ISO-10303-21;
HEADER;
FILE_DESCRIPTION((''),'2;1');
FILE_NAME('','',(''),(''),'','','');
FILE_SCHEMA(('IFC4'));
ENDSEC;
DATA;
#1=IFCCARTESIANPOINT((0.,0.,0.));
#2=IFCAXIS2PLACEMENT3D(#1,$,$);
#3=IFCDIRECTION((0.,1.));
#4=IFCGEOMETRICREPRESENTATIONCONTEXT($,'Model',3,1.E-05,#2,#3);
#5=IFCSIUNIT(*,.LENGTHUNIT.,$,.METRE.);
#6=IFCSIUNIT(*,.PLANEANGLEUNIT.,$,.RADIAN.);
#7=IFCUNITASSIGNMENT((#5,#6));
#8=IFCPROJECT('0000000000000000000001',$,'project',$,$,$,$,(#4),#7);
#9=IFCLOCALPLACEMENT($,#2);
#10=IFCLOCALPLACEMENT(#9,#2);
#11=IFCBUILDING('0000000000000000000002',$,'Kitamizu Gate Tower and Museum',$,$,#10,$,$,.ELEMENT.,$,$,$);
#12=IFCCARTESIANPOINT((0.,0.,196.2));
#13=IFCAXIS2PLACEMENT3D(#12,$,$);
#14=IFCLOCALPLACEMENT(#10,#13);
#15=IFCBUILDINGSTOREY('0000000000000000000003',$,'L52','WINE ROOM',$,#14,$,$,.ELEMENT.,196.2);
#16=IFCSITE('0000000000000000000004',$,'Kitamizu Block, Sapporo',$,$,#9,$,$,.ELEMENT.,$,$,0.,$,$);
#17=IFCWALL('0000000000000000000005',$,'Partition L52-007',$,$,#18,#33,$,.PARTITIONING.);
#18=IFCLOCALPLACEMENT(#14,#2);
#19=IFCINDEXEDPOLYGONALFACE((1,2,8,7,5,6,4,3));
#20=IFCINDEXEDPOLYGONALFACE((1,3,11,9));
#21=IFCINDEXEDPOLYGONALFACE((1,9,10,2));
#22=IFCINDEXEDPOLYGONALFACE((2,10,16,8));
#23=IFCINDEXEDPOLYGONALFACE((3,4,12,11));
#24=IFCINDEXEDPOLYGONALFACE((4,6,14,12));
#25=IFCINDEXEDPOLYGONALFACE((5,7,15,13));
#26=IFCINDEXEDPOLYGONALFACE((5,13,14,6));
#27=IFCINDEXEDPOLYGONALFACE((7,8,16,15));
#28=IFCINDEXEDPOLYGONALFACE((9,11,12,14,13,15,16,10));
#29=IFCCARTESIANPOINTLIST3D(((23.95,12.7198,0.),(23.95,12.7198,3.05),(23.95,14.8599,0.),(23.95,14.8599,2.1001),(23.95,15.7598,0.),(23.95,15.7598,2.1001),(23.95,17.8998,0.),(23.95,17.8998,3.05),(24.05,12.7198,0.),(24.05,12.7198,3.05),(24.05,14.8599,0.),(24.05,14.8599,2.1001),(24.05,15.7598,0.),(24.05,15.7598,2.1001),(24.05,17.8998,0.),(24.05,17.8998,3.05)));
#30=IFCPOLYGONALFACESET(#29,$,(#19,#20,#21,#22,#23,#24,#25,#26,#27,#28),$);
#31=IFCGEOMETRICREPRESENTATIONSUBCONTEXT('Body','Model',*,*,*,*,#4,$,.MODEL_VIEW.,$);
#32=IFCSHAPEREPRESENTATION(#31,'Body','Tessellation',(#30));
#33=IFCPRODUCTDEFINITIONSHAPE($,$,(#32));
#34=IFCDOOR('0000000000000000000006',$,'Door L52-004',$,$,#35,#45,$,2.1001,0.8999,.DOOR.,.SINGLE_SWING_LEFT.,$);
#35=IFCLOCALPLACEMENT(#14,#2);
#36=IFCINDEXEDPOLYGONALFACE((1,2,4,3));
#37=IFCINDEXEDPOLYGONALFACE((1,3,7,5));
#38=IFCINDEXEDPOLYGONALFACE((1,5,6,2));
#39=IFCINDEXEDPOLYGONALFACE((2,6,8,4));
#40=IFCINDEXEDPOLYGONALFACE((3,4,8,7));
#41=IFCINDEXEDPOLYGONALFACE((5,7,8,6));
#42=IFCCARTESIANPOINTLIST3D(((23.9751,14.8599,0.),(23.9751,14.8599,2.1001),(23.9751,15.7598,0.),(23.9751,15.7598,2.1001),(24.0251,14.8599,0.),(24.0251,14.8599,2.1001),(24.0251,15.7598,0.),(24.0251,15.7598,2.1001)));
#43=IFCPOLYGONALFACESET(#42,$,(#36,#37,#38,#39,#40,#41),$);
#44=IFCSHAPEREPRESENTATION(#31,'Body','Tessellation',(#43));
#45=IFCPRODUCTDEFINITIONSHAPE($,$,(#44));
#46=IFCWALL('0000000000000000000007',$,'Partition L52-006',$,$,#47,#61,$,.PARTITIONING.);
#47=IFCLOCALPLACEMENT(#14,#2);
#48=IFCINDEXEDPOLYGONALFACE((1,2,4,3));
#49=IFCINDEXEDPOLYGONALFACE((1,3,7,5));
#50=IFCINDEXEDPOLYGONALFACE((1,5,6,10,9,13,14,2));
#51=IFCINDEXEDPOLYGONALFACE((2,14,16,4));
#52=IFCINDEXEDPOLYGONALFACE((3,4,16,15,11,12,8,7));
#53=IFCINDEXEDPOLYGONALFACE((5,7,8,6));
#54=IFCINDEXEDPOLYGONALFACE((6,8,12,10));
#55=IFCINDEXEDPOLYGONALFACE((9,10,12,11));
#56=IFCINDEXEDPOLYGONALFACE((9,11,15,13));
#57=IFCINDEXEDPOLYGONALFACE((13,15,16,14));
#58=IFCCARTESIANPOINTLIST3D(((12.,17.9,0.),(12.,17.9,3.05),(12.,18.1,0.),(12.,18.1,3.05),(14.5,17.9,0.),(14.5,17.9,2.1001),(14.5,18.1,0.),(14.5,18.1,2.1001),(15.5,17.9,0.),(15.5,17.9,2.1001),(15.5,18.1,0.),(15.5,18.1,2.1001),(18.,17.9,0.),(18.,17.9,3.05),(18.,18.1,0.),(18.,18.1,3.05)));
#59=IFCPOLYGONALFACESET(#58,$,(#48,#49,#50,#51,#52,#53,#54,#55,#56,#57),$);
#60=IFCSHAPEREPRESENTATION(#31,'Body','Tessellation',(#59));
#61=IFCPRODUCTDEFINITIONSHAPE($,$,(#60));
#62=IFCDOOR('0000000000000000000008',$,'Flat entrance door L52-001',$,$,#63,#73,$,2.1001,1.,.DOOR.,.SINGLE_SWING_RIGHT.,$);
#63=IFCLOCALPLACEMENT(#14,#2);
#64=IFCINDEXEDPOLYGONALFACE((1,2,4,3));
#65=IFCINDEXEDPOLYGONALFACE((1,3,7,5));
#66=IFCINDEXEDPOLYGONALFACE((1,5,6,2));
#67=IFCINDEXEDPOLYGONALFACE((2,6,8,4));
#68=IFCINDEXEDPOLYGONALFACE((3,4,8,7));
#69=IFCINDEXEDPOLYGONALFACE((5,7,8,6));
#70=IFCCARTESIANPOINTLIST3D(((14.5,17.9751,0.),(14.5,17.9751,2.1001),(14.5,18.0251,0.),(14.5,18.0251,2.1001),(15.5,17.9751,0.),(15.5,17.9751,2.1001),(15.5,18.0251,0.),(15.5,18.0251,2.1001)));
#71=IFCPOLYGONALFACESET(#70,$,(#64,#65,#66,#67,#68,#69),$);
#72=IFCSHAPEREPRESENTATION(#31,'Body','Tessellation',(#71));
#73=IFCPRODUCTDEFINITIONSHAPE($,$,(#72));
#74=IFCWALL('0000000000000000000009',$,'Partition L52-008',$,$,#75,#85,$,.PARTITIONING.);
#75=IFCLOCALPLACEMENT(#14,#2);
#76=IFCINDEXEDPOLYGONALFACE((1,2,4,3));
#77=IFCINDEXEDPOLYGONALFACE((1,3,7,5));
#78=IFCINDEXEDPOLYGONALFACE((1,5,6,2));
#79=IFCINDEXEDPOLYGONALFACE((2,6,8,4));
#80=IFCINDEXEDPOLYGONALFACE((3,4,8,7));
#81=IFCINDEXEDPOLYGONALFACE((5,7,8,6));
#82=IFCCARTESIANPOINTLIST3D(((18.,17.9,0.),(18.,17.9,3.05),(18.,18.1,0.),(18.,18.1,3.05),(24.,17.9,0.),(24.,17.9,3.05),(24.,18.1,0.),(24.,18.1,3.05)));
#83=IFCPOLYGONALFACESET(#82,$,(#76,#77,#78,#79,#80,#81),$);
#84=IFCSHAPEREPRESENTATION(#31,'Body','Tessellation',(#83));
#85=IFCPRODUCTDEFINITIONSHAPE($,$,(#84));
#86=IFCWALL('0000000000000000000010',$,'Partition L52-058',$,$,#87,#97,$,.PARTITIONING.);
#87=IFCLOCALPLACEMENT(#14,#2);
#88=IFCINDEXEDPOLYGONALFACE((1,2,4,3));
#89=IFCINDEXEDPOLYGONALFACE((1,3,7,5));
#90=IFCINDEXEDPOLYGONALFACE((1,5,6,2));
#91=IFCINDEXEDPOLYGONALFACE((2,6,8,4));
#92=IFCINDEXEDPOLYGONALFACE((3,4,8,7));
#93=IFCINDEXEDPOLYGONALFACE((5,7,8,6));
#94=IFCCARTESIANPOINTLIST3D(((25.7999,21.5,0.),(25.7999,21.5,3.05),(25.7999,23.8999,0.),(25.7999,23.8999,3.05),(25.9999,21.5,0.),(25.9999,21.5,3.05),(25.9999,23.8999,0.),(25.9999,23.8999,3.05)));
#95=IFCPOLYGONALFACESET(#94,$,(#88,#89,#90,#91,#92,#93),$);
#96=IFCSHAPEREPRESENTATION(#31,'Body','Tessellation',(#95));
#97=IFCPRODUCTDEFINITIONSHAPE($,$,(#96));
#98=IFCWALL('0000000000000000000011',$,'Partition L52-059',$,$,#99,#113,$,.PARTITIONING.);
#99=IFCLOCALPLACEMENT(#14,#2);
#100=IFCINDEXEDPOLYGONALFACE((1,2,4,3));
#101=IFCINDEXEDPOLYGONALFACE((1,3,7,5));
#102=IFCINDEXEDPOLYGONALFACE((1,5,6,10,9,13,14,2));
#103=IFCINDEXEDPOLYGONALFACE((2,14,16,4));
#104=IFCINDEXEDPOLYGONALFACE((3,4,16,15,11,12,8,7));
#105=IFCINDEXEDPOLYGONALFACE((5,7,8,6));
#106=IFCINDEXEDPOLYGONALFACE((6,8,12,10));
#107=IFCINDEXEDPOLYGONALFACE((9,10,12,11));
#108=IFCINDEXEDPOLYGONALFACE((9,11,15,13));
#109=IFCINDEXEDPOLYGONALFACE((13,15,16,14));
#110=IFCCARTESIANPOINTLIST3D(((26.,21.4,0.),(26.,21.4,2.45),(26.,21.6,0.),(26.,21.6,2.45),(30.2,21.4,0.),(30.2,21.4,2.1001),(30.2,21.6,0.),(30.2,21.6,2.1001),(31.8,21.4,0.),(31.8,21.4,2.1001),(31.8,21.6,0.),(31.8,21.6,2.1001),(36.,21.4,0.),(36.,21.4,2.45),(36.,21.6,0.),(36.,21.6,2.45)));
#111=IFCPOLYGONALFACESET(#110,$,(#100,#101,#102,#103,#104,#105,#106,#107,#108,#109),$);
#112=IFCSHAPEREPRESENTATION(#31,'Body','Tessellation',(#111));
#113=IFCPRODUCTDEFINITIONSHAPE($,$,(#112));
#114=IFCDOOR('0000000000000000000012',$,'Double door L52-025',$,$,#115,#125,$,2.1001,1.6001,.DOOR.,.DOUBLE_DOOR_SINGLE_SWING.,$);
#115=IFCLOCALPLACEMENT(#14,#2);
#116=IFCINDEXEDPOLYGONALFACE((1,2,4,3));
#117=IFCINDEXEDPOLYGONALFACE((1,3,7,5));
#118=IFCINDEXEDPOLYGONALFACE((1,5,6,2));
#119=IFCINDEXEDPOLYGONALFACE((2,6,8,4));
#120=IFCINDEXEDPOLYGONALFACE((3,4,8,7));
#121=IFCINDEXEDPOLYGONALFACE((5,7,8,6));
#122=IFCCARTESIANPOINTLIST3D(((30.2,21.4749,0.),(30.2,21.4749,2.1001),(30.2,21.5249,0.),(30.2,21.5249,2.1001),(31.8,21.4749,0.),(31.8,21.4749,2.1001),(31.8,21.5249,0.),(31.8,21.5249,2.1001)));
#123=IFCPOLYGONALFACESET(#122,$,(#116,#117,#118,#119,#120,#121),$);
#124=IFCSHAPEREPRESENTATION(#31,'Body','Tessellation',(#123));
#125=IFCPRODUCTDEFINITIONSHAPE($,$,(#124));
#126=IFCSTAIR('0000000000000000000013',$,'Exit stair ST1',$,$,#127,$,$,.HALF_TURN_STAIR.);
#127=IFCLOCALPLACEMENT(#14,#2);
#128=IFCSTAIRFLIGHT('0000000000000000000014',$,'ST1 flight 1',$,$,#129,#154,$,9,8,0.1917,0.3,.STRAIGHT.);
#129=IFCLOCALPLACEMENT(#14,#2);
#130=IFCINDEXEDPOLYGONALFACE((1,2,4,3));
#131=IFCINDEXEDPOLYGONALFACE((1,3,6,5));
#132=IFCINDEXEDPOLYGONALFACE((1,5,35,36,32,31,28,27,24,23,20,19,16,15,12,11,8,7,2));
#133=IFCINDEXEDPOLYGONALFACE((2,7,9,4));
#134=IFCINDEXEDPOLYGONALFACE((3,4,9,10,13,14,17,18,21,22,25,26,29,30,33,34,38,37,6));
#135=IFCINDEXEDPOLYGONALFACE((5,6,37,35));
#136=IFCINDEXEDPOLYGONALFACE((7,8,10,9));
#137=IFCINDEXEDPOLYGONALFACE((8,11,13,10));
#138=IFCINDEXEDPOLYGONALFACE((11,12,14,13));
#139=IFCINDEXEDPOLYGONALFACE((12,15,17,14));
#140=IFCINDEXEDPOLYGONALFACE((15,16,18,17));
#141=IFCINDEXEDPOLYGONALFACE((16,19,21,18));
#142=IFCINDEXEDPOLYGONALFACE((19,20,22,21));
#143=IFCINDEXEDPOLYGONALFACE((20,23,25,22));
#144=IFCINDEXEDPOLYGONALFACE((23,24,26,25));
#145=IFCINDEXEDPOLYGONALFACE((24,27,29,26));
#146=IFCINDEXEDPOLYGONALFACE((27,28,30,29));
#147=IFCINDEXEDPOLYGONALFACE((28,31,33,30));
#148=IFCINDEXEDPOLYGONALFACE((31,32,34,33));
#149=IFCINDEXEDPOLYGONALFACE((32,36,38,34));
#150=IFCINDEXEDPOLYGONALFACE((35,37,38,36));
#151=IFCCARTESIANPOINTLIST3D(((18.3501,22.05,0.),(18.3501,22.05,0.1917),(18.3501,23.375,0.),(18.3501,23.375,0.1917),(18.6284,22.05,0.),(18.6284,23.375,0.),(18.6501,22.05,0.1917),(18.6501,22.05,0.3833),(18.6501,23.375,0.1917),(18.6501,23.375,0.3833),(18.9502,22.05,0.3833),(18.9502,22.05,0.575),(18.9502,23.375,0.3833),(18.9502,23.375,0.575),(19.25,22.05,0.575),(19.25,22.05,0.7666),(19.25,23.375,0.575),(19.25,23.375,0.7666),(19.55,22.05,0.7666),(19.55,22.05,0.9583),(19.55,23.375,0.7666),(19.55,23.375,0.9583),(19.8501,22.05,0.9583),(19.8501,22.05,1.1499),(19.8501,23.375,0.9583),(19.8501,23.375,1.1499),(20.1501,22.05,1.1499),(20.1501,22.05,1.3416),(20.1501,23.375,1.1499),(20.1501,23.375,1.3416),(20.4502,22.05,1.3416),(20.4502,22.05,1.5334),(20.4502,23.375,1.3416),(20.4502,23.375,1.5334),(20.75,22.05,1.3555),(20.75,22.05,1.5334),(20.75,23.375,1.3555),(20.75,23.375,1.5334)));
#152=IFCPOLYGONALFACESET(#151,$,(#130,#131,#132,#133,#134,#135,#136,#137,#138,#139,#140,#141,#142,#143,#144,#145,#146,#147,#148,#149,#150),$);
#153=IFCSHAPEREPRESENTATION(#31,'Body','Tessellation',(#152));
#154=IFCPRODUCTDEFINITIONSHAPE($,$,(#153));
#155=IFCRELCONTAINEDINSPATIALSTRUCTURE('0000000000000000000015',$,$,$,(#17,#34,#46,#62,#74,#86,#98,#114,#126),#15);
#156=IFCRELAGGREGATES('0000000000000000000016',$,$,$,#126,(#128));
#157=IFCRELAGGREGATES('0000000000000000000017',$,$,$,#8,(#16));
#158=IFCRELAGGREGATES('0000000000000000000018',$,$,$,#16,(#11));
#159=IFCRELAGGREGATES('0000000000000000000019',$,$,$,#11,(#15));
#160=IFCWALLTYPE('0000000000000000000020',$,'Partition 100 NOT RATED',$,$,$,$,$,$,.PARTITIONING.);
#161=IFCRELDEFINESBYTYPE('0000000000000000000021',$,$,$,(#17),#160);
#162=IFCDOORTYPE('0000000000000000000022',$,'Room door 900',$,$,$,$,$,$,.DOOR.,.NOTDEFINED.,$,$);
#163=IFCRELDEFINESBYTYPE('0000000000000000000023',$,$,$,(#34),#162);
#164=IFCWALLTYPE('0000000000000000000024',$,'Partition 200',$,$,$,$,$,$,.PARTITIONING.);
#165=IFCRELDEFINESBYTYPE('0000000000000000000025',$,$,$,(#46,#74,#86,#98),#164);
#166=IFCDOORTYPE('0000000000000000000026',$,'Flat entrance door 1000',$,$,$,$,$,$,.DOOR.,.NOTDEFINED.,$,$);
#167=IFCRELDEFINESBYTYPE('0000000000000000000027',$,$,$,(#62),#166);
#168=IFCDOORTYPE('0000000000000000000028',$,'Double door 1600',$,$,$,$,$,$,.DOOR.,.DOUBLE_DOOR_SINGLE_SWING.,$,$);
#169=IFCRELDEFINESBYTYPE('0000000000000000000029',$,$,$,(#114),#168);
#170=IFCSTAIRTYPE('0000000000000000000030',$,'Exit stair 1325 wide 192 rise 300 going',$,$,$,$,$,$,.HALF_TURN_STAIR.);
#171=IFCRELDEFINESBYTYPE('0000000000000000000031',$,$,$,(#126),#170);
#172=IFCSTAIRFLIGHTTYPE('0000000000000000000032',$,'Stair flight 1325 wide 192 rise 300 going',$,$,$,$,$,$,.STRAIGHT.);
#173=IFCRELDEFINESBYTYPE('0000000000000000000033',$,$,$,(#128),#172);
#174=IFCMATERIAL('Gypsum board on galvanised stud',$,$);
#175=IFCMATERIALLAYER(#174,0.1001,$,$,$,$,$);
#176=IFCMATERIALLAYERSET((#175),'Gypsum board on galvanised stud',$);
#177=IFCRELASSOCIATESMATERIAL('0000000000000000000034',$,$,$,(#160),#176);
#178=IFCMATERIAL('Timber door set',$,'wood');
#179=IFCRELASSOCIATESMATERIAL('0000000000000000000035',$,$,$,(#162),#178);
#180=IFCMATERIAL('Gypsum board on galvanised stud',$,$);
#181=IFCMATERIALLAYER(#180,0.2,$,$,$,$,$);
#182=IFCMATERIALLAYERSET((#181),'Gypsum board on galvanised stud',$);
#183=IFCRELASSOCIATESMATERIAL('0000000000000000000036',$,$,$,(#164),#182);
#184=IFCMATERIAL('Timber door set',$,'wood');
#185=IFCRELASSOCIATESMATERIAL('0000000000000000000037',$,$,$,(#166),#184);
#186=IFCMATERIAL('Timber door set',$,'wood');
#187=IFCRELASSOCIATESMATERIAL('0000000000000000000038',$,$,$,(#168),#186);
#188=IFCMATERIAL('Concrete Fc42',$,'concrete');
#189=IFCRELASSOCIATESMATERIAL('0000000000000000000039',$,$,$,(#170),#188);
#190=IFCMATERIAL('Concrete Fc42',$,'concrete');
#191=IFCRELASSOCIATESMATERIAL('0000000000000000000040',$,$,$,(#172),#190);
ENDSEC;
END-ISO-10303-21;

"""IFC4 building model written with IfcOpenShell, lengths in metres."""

from ifc_helpers import new_model, si_unit, direction, frame, frame_2d, origin, place, context, subcontext, project, spatial, polyline, rectangle, outline, extrude, material, layer, layer_set, type_object, element, fill, aggregate, save


model = new_model("IFC4")

# Units and contexts
model_context = context("Model", 3, precision=1e-05, world=origin(), true_north=direction((0.0, 1.0)))
body_context = subcontext(model_context, "Body", "Model", "MODEL_VIEW")
ifc_project = project(units=[si_unit("LENGTHUNIT", "METRE"), si_unit("PLANEANGLEUNIT", "RADIAN")], contexts=[model_context])

# Site, building, storey
site_placement = place(None, origin())
site = spatial("IfcSite", under=ifc_project, at=site_placement, Name="Kitamizu Block, Sapporo", CompositionType="ELEMENT", RefElevation=0.0)
building_placement = place(site_placement, origin())
building = spatial("IfcBuilding", under=site, at=building_placement, Name="Kitamizu Gate Tower and Museum", CompositionType="ELEMENT")
storey_placement = place(building_placement, frame((0.0, 0.0, 196.2)))
storey = spatial("IfcBuildingStorey", under=building, at=storey_placement, Name="L52", Description="WINE ROOM", CompositionType="ELEMENT", Elevation=196.2)

# Walls, openings, doors
ifc_material_1 = material(Name="Gypsum board on galvanised stud")
ifc_layer_1 = layer(ifc_material_1, 0.1001)
ifc_layer_set_1 = layer_set([ifc_layer_1], Name="Gypsum board on galvanised stud")
wall_type_1 = type_object("IfcWallType", Name="Partition 100 NOT RATED", PredefinedType="PARTITIONING", material=ifc_layer_set_1)
ifc_material_2 = material(Name="Timber door set", Category="wood")
door_type_1 = type_object("IfcDoorType", Name="Room door 900", OperationType="NOTDEFINED", PredefinedType="DOOR", material=ifc_material_2)
wall_1_placement = place(storey_placement, frame((24.0, 12.72, 0.0), z_axis=(0.0, 0.0, 1.0), x_axis=(0.0, 1.0, 0.0)))
wall_1 = element("IfcWall", 1, at=wall_1_placement, inside=storey, type_object=wall_type_1, Name="Partition L52-007", PredefinedType="PARTITIONING", context=body_context, shape_type="SweptSolid", body=[
    extrude(rectangle(XDim=5.1799, YDim=0.1001, at=frame_2d((2.5898, 0.0))), origin(), (0.0, 0.0, 1.0), 3.05),
])
opening_1_placement = place(wall_1_placement, frame((2.1399, 0.0, 0.0)))
opening_1 = element("IfcOpeningElement", 2, at=opening_1_placement, cuts=wall_1, PredefinedType="OPENING", context=body_context, shape_type="SweptSolid", body=[
    extrude(rectangle(XDim=0.8999, YDim=2.1001, at=frame_2d((0.45, 1.05))), frame((0.0, 0.0601, 0.0), z_axis=(0.0, -1.0, 0.0), x_axis=(1.0, 0.0, 0.0)), (0.0, 0.0, 1.0), 0.1201),
])
door_1_placement = place(opening_1_placement, origin())
door_1 = element("IfcDoor", 3, at=door_1_placement, inside=storey, type_object=door_type_1, Name="Door L52-004", OperationType="SINGLE_SWING_LEFT", OverallHeight=2.1001, OverallWidth=0.8999, PredefinedType="DOOR", context=body_context, shape_type="SweptSolid", body=[
    extrude(rectangle(XDim=0.8999, YDim=2.1001, at=frame_2d((0.45, 1.05))), frame((0.0, 0.0249, 0.0), z_axis=(0.0, -1.0, 0.0), x_axis=(1.0, 0.0, 0.0)), (0.0, 0.0, 1.0), 0.05),
])
fill(opening_1, door_1)
ifc_material_3 = material(Name="Gypsum board on galvanised stud")
ifc_layer_2 = layer(ifc_material_3, 0.2)
ifc_layer_set_2 = layer_set([ifc_layer_2], Name="Gypsum board on galvanised stud")
wall_type_2 = type_object("IfcWallType", Name="Partition 200", PredefinedType="PARTITIONING", material=ifc_layer_set_2)
wall_2_placement = place(storey_placement, frame((18.0, 18.0, 0.0), z_axis=(0.0, 0.0, 1.0), x_axis=(-1.0, 0.0, 0.0)))
wall_2 = element("IfcWall", 4, at=wall_2_placement, inside=storey, type_object=wall_type_2, Name="Partition L52-006", PredefinedType="PARTITIONING", context=body_context, shape_type="SweptSolid", body=[
    extrude(rectangle(XDim=6.0, YDim=0.2, at=frame_2d((3.0, 0.0))), origin(), (0.0, 0.0, 1.0), 3.05),
])
opening_2_placement = place(wall_2_placement, frame((2.5, 0.0, 0.0)))
opening_2 = element("IfcOpeningElement", 5, at=opening_2_placement, cuts=wall_2, PredefinedType="OPENING", context=body_context, shape_type="SweptSolid", body=[
    extrude(rectangle(XDim=1.0, YDim=2.1001, at=frame_2d((0.5, 1.05))), frame((0.0, 0.1099, 0.0), z_axis=(0.0, -1.0, 0.0), x_axis=(1.0, 0.0, 0.0)), (0.0, 0.0, 1.0), 0.22),
])
ifc_material_4 = material(Name="Timber door set", Category="wood")
door_type_2 = type_object("IfcDoorType", Name="Flat entrance door 1000", OperationType="NOTDEFINED", PredefinedType="DOOR", material=ifc_material_4)
door_2_placement = place(opening_2_placement, origin())
door_2 = element("IfcDoor", 6, at=door_2_placement, inside=storey, type_object=door_type_2, Name="Flat entrance door L52-001", OperationType="SINGLE_SWING_RIGHT", OverallHeight=2.1001, OverallWidth=1.0, PredefinedType="DOOR", context=body_context, shape_type="SweptSolid", body=[
    extrude(rectangle(XDim=1.0, YDim=2.1001, at=frame_2d((0.5, 1.05))), frame((0.0, 0.0249, 0.0), z_axis=(0.0, -1.0, 0.0), x_axis=(1.0, 0.0, 0.0)), (0.0, 0.0, 1.0), 0.05),
])
fill(opening_2, door_2)

# Walls
wall_3_placement = place(storey_placement, frame((24.0, 18.0, 0.0), z_axis=(0.0, 0.0, 1.0), x_axis=(-1.0, 0.0, 0.0)))
element("IfcWall", 7, at=wall_3_placement, inside=storey, type_object=wall_type_2, Name="Partition L52-008", PredefinedType="PARTITIONING", context=body_context, shape_type="SweptSolid", body=[
    extrude(rectangle(XDim=6.0, YDim=0.2, at=frame_2d((3.0, 0.0))), origin(), (0.0, 0.0, 1.0), 3.05),
])
wall_4_placement = place(storey_placement, frame((25.8999, 23.8999, 0.0), z_axis=(0.0, 0.0, 1.0), x_axis=(0.0, -1.0, 0.0)))
element("IfcWall", 8, at=wall_4_placement, inside=storey, type_object=wall_type_2, Name="Partition L52-058", PredefinedType="PARTITIONING", context=body_context, shape_type="SweptSolid", body=[
    extrude(rectangle(XDim=2.3999, YDim=0.2, at=frame_2d((1.2, 0.0))), origin(), (0.0, 0.0, 1.0), 3.05),
])

# Wall, opening, door
wall_5_placement = place(storey_placement, frame((26.0, 21.5, 0.0), z_axis=(0.0, 0.0, 1.0), x_axis=(1.0, 0.0, 0.0)))
wall_5 = element("IfcWall", 9, at=wall_5_placement, inside=storey, type_object=wall_type_2, Name="Partition L52-059", PredefinedType="PARTITIONING", context=body_context, shape_type="SweptSolid", body=[
    extrude(rectangle(XDim=10.0, YDim=0.2, at=frame_2d((5.0, 0.0))), origin(), (0.0, 0.0, 1.0), 2.45),
])
opening_3_placement = place(wall_5_placement, frame((4.2, 0.0, 0.0)))
opening_3 = element("IfcOpeningElement", 10, at=opening_3_placement, cuts=wall_5, PredefinedType="OPENING", context=body_context, shape_type="SweptSolid", body=[
    extrude(rectangle(XDim=1.6001, YDim=2.1001, at=frame_2d((0.8, 1.05))), frame((0.0, 0.1099, 0.0), z_axis=(0.0, -1.0, 0.0), x_axis=(1.0, 0.0, 0.0)), (0.0, 0.0, 1.0), 0.22),
])
ifc_material_5 = material(Name="Timber door set", Category="wood")
door_type_3 = type_object("IfcDoorType", Name="Double door 1600", OperationType="DOUBLE_DOOR_SINGLE_SWING", PredefinedType="DOOR", material=ifc_material_5)
door_3_placement = place(opening_3_placement, origin())
door_3 = element("IfcDoor", 11, at=door_3_placement, inside=storey, type_object=door_type_3, Name="Double door L52-025", OperationType="DOUBLE_DOOR_SINGLE_SWING", OverallHeight=2.1001, OverallWidth=1.6001, PredefinedType="DOOR", context=body_context, shape_type="SweptSolid", body=[
    extrude(rectangle(XDim=1.6001, YDim=2.1001, at=frame_2d((0.8, 1.05))), frame((0.0, 0.0249, 0.0), z_axis=(0.0, -1.0, 0.0), x_axis=(1.0, 0.0, 0.0)), (0.0, 0.0, 1.0), 0.05),
])
fill(opening_3, door_3)

# Stair, stair flight
ifc_material_6 = material(Name="Concrete Fc42", Category="concrete")
stair_type = type_object("IfcStairType", Name="Exit stair 1325 wide 192 rise 300 going", PredefinedType="HALF_TURN_STAIR", material=ifc_material_6)
stair_placement = place(storey_placement, origin())
stair = element("IfcStair", 12, at=stair_placement, inside=storey, type_object=stair_type, Name="Exit stair ST1", PredefinedType="HALF_TURN_STAIR")
ifc_material_7 = material(Name="Concrete Fc42", Category="concrete")
stair_flight_type = type_object("IfcStairFlightType", Name="Stair flight 1325 wide 192 rise 300 going", PredefinedType="STRAIGHT", material=ifc_material_7)
stair_flight_placement = place(storey_placement, frame((18.3501, 22.7124, 0.0), z_axis=(0.0, 0.0, 1.0), x_axis=(1.0, 0.0, 0.0)))
stair_flight = element("IfcStairFlight", 13, at=stair_flight_placement, type_object=stair_flight_type, Name="ST1 flight 1", NumberOfRisers=9, NumberOfTreads=8, PredefinedType="STRAIGHT", RiserHeight=0.1917, TreadLength=0.3, context=body_context, shape_type="SweptSolid", body=[
    extrude(outline(polyline([(0.0, 0.0), (0.0, 0.1917), (0.3, 0.1917), (0.3, 0.3833), (0.6001, 0.3833), (0.6001, 0.575), (0.8999, 0.575), (0.8999, 0.7666), (1.2, 0.7666), (1.2, 0.9583), (1.5, 0.9583), (1.5, 1.1499), (1.8, 1.1499), (1.8, 1.3416), (2.1001, 1.3416), (2.1001, 1.5334), (2.3999, 1.5334), (2.3999, 1.7251), (2.3999, 1.3555), (0.2783, 0.0), (0.0, 0.0)])), frame((0.0, 0.6626, 0.0), z_axis=(0.0, -1.0, 0.0), x_axis=(1.0, 0.0, 0.0)), (0.0, 0.0, 1.0), 1.325),
])
aggregate(stair, [stair_flight])

save(model, "model.ifc")
